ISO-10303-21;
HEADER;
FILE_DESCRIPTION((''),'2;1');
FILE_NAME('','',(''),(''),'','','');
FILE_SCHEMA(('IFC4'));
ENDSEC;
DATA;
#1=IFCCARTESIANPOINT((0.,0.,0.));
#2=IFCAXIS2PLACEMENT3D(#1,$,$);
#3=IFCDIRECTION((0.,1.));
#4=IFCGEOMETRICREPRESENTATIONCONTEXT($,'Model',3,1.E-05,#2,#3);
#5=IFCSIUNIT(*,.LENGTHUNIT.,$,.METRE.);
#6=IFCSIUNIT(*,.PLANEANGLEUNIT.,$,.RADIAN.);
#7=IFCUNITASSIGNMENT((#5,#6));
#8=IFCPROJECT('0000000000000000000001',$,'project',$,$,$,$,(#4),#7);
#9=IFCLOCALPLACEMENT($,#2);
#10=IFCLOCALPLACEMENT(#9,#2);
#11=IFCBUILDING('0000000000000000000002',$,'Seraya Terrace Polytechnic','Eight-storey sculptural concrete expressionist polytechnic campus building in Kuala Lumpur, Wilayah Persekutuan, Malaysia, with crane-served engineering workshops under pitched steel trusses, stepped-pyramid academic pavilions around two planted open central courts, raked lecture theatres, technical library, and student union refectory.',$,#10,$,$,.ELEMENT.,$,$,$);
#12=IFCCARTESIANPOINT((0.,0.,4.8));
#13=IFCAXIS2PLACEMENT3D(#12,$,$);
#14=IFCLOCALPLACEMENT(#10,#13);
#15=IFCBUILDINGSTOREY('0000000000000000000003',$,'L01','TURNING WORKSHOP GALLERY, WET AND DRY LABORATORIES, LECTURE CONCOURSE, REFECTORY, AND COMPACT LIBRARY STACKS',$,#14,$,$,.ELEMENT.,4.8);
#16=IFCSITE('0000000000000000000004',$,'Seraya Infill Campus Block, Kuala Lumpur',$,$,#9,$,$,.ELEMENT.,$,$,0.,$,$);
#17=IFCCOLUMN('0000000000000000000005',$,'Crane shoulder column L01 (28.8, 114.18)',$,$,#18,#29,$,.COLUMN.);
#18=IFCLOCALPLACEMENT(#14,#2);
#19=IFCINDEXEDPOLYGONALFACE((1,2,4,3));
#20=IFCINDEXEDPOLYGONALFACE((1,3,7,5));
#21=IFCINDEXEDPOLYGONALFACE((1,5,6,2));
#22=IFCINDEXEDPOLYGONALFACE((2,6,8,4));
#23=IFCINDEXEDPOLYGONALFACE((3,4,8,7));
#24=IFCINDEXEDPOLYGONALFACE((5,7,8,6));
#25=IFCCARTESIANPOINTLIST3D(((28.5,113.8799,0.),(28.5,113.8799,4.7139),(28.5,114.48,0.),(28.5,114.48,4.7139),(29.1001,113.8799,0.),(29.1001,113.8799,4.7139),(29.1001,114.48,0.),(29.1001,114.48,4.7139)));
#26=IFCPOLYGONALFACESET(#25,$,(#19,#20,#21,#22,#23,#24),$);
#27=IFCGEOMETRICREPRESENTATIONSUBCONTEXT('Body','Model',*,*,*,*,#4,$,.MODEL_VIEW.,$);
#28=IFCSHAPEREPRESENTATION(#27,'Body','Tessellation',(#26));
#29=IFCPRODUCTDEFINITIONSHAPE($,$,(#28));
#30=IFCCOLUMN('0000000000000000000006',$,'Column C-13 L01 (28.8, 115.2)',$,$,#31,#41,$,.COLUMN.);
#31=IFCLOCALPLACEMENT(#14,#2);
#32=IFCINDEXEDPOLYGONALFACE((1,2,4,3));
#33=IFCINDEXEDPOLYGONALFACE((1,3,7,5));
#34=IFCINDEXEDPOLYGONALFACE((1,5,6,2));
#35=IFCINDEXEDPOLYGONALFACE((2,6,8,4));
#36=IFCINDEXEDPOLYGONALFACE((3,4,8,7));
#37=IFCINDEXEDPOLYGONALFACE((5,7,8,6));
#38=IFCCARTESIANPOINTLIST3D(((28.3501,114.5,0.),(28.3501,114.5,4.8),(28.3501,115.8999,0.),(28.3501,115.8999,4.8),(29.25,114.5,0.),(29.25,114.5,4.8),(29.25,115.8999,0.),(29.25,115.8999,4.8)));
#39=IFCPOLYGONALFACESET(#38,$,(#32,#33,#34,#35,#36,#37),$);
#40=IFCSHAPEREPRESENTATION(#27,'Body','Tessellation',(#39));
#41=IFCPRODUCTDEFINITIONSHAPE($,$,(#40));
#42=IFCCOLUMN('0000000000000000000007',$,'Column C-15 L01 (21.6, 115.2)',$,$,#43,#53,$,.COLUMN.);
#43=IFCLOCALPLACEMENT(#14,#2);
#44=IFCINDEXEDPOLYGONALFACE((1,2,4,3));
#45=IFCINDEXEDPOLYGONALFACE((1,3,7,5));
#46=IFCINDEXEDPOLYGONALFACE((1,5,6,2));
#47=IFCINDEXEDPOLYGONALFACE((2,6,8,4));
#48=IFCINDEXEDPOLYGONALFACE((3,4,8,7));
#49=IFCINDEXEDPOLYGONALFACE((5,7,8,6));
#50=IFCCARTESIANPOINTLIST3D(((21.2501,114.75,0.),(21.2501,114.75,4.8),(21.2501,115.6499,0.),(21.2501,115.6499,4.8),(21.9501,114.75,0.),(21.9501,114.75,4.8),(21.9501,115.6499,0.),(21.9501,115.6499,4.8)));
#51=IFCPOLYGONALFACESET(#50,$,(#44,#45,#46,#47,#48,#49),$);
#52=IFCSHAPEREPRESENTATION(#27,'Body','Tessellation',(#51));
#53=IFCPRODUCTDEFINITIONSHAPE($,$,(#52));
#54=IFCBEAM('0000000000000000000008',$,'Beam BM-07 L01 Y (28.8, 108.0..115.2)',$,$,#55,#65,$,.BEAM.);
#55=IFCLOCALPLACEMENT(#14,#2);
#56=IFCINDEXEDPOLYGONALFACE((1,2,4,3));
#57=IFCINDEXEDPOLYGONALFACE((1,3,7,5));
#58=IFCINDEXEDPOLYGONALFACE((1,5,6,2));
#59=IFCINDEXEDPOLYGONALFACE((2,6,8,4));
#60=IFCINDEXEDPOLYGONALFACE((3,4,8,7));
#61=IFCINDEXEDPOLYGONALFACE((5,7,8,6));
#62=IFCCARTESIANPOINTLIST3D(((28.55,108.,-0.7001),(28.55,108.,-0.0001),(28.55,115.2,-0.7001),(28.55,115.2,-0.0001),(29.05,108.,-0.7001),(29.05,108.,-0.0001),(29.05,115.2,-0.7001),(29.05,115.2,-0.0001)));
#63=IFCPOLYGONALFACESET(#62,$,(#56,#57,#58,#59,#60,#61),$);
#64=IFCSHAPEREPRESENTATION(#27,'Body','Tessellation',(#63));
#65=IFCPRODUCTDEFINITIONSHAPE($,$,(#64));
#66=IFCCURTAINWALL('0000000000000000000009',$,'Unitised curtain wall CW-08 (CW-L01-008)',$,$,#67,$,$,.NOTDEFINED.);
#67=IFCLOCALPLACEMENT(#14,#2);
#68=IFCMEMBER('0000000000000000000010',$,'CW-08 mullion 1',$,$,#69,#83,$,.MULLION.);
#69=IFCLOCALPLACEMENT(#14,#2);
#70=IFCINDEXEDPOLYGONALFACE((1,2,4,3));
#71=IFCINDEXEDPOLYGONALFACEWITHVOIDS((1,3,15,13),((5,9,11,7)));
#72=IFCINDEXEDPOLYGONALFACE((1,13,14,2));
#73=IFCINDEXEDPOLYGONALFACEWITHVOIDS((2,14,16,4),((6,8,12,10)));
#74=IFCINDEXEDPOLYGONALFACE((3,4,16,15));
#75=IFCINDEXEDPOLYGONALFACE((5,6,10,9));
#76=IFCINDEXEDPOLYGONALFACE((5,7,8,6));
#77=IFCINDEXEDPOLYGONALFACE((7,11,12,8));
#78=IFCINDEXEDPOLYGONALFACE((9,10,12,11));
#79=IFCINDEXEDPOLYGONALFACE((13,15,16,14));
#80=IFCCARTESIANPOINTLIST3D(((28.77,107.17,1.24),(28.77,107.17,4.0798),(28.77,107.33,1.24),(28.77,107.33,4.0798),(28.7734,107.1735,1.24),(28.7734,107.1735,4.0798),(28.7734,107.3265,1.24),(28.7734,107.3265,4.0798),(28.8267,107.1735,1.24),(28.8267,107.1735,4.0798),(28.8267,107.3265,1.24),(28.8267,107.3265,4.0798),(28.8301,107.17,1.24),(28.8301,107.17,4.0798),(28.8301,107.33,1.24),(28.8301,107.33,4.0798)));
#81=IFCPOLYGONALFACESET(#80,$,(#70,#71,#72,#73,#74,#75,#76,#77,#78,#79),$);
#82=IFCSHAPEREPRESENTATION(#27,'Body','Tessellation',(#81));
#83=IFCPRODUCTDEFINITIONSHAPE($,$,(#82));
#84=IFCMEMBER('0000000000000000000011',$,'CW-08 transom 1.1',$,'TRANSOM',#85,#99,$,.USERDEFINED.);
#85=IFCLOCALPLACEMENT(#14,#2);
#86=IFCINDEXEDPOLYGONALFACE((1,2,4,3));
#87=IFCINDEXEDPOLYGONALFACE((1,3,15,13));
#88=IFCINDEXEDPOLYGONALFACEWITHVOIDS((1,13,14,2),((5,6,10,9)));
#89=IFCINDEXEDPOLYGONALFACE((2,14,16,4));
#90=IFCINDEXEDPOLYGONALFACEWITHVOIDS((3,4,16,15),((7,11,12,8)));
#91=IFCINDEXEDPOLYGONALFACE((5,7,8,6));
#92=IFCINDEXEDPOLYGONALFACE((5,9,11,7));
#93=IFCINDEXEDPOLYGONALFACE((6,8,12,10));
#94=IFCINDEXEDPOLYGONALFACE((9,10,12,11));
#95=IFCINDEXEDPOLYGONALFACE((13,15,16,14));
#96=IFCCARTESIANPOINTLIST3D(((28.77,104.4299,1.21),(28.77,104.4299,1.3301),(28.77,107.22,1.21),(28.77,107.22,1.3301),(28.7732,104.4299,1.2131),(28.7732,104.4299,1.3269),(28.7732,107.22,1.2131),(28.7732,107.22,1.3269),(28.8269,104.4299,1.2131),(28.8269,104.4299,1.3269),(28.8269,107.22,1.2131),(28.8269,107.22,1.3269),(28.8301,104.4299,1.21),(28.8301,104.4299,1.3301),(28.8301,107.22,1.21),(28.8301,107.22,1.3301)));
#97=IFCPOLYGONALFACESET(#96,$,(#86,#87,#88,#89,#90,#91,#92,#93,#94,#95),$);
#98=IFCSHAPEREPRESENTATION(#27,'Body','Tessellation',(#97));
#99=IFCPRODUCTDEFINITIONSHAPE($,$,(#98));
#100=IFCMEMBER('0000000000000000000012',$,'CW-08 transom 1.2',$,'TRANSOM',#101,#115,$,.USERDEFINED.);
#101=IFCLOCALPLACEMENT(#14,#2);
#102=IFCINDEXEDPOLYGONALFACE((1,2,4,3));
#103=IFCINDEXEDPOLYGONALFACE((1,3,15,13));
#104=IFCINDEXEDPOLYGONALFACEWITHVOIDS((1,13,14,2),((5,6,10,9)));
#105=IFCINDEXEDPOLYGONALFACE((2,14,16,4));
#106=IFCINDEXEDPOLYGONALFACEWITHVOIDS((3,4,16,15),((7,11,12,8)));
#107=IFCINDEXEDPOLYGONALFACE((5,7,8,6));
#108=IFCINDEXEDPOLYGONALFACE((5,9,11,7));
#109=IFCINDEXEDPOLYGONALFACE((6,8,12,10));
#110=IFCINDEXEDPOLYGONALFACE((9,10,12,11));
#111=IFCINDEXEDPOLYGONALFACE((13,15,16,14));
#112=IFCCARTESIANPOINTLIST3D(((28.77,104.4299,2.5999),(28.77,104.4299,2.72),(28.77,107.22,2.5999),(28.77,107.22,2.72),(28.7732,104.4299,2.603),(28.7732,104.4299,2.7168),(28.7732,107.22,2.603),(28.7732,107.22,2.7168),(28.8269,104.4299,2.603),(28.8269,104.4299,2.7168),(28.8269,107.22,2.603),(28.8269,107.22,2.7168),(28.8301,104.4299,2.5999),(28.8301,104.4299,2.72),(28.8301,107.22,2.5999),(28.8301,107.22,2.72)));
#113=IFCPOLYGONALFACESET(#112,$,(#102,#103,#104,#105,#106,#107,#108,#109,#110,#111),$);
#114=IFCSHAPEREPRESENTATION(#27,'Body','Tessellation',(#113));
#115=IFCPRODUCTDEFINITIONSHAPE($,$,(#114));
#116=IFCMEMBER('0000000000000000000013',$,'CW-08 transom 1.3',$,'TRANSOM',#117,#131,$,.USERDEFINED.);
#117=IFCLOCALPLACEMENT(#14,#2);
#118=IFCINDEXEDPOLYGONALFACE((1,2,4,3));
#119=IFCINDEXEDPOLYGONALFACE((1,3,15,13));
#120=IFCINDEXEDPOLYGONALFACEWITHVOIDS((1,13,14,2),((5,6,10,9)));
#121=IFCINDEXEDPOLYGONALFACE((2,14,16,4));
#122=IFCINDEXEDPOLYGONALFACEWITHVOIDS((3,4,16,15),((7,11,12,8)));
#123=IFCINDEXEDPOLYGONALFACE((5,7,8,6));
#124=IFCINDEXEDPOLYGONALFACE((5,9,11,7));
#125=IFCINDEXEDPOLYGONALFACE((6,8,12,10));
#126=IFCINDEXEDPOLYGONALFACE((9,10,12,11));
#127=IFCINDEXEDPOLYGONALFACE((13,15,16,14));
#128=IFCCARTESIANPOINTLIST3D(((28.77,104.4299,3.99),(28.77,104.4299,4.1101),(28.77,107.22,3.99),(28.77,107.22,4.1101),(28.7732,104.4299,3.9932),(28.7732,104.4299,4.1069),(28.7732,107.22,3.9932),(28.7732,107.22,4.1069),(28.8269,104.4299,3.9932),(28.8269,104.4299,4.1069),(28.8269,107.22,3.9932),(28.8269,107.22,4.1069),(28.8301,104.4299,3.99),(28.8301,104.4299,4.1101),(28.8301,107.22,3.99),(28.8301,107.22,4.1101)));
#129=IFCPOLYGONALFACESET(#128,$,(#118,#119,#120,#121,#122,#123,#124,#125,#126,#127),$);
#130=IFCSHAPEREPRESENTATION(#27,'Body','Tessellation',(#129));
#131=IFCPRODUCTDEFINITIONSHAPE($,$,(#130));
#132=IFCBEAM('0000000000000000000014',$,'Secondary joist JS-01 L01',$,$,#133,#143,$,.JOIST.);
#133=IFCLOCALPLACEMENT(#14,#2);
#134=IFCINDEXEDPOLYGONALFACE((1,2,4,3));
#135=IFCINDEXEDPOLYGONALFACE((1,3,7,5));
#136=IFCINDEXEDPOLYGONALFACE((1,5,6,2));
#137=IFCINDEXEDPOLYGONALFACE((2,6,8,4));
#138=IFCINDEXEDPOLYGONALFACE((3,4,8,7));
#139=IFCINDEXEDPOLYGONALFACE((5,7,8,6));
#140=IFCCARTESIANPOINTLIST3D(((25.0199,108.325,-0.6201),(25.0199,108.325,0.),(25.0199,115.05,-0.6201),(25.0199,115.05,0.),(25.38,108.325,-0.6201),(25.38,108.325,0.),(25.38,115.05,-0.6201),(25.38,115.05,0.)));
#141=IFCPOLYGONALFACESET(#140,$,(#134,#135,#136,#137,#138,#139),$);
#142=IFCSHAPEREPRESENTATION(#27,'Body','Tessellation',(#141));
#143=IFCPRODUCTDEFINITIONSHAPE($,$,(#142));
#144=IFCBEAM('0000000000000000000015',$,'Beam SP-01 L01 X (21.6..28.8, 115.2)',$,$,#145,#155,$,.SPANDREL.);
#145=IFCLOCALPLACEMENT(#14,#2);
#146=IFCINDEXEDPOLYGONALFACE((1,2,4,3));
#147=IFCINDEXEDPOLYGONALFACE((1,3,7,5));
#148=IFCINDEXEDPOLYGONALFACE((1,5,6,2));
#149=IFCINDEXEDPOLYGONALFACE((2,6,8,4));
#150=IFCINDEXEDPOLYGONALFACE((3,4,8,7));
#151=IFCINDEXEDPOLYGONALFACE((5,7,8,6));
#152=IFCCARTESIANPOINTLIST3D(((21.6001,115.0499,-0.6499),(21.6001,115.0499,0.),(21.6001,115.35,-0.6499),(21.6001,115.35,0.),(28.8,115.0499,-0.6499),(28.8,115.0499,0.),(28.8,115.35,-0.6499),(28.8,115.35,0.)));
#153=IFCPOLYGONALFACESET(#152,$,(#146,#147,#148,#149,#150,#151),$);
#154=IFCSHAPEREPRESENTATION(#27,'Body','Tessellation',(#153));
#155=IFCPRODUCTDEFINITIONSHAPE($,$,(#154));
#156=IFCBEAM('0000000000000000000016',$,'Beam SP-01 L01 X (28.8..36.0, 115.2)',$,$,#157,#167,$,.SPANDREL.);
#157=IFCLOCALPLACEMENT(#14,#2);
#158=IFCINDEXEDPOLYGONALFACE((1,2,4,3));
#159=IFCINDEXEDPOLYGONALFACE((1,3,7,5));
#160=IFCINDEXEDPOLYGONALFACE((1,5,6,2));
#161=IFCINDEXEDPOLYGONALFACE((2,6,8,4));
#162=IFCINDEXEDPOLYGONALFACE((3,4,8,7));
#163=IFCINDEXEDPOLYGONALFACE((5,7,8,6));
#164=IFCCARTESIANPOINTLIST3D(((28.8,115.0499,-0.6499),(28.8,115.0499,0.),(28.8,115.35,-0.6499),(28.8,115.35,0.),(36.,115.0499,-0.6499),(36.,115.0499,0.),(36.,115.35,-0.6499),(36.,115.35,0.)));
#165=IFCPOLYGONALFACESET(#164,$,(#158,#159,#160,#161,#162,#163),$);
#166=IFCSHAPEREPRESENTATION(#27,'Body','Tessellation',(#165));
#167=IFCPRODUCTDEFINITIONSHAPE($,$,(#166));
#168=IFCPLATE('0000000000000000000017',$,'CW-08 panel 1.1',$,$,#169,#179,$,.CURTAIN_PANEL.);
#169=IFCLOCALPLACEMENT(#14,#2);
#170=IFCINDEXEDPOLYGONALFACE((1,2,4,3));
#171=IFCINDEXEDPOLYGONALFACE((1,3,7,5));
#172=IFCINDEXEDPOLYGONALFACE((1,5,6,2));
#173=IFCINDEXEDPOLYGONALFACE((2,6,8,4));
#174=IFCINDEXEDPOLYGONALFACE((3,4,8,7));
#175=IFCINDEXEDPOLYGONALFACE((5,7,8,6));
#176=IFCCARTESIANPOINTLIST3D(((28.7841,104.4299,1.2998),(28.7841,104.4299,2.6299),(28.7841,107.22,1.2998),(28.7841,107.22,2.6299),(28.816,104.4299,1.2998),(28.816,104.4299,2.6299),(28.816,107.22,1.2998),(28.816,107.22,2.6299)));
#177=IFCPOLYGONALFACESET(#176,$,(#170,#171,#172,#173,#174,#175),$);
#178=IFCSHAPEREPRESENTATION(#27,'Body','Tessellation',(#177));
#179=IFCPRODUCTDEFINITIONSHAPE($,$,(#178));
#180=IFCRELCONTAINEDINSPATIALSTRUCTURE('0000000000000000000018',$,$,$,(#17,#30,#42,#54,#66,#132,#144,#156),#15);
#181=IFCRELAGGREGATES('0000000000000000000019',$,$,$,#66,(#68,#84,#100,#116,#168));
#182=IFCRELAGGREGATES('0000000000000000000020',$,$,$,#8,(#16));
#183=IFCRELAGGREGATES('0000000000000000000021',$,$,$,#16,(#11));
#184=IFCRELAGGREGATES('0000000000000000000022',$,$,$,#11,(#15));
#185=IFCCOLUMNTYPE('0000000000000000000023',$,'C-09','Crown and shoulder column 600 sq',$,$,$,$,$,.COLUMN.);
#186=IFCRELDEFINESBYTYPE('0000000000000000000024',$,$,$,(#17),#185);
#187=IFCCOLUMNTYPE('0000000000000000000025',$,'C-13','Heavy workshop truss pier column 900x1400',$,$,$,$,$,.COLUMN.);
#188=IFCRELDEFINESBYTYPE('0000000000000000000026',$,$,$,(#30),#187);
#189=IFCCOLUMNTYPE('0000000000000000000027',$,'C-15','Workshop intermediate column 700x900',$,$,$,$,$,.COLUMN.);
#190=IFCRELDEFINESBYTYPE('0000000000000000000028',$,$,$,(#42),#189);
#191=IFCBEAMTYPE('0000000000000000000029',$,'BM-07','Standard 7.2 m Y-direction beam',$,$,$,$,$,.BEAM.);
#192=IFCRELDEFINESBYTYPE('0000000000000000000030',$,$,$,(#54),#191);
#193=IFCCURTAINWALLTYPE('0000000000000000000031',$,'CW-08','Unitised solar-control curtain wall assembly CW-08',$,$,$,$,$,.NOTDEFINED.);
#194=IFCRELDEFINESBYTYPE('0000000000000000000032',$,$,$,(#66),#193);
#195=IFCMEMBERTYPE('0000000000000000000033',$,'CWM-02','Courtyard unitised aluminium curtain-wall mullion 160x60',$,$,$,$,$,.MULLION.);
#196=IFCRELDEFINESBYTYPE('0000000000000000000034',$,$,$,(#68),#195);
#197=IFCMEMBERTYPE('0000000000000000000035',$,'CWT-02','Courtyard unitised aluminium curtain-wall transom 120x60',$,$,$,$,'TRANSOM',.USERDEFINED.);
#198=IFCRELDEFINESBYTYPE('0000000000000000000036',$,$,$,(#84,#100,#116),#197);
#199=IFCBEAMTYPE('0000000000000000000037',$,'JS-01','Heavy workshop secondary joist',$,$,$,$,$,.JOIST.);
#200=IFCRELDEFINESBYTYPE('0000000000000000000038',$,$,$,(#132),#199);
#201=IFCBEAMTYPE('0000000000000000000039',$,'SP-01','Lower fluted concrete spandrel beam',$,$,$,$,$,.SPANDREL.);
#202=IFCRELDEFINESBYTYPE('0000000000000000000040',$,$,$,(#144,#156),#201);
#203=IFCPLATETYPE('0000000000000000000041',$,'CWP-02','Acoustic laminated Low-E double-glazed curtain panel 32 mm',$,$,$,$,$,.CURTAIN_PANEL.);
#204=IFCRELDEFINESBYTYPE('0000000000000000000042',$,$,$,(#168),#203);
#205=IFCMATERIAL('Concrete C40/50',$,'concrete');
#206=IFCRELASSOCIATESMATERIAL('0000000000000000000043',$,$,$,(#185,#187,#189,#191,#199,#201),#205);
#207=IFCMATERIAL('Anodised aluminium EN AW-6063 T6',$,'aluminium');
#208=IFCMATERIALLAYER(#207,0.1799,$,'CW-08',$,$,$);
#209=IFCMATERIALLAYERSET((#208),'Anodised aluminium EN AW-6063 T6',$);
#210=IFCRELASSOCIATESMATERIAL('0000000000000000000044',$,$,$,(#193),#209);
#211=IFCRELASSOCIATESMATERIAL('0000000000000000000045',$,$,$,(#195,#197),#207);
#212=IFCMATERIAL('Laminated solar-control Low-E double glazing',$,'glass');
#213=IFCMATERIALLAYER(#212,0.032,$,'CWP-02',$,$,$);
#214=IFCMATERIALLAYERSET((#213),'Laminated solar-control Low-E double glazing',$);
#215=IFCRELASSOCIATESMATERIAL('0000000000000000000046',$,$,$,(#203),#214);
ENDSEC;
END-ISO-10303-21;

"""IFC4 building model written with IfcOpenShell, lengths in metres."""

from ifc_helpers import new_model, si_unit, direction, frame, origin, origin_2d, place, context, subcontext, project, spatial, rectangle, hollow_rectangle, extrude, material, layer, layer_set, material_profile, profile_set, type_object, element, aggregate, save


model = new_model("IFC4")

# Units and contexts
model_context = context("Model", 3, precision=1e-05, world=origin(), true_north=direction((0.0, 1.0)))
body_context = subcontext(model_context, "Body", "Model", "MODEL_VIEW")
ifc_project = project(units=[si_unit("LENGTHUNIT", "METRE"), si_unit("PLANEANGLEUNIT", "RADIAN")], contexts=[model_context])

# Site, building, storey
site_placement = place(None, origin())
site = spatial("IfcSite", under=ifc_project, at=site_placement, Name="Seraya Infill Campus Block, Kuala Lumpur", CompositionType="ELEMENT", RefElevation=0.0)
building_placement = place(site_placement, origin())
building = spatial("IfcBuilding", under=site, at=building_placement, Name="Seraya Terrace Polytechnic", Description="Eight-storey sculptural concrete expressionist polytechnic campus building in Kuala Lumpur, Wilayah Persekutuan, Malaysia, with crane-served engineering workshops under pitched steel trusses, stepped-pyramid academic pavilions around two planted open central courts, raked lecture theatres, technical library, and student union refectory.", CompositionType="ELEMENT")
storey_placement = place(building_placement, frame((0.0, 0.0, 4.8)))
storey = spatial("IfcBuildingStorey", under=building, at=storey_placement, Name="L01", Description="TURNING WORKSHOP GALLERY, WET AND DRY LABORATORIES, LECTURE CONCOURSE, REFECTORY, AND COMPACT LIBRARY STACKS", CompositionType="ELEMENT", Elevation=4.8)

# Columns
ifc_material_1 = material(Name="Concrete C40/50", Category="concrete")
ifc_material_profile_1 = material_profile(ifc_material_1, rectangle(XDim=0.6001, YDim=0.6001, at=origin_2d()), Name="RC 600x600")
ifc_profile_set_1 = profile_set([ifc_material_profile_1], Name="Concrete C40/50")
column_type_1 = type_object("IfcColumnType", Name="C-09", Description="Crown and shoulder column 600 sq", PredefinedType="COLUMN", material=ifc_profile_set_1)
column_1_placement = place(storey_placement, frame((28.8, 114.1799, 0.0), z_axis=(0.0, 0.0, 1.0), x_axis=(1.0, 0.0, 0.0)))
element("IfcColumn", 1, at=column_1_placement, inside=storey, type_object=column_type_1, Name="Crane shoulder column L01 (28.8, 114.18)", PredefinedType="COLUMN", context=body_context, shape_type="SweptSolid", body=[
    extrude(rectangle(XDim=0.6001, YDim=0.6001, at=origin_2d()), origin(), (0.0, 0.0, 1.0), 4.7139),
])
ifc_material_profile_2 = material_profile(ifc_material_1, rectangle(XDim=0.8999, YDim=1.3999, at=origin_2d()), Name="RC 900x1400")
ifc_profile_set_2 = profile_set([ifc_material_profile_2], Name="Concrete C40/50")
column_type_2 = type_object("IfcColumnType", Name="C-13", Description="Heavy workshop truss pier column 900x1400", PredefinedType="COLUMN", material=ifc_profile_set_2)
column_2_placement = place(storey_placement, frame((28.8, 115.2, 0.0), z_axis=(0.0, 0.0, 1.0), x_axis=(1.0, 0.0, 0.0)))
element("IfcColumn", 2, at=column_2_placement, inside=storey, type_object=column_type_2, Name="Column C-13 L01 (28.8, 115.2)", PredefinedType="COLUMN", context=body_context, shape_type="SweptSolid", body=[
    extrude(rectangle(XDim=0.8999, YDim=1.3999, at=origin_2d()), origin(), (0.0, 0.0, 1.0), 4.8),
])
ifc_material_profile_3 = material_profile(ifc_material_1, rectangle(XDim=0.7, YDim=0.8999, at=origin_2d()), Name="RC 700x900")
ifc_profile_set_3 = profile_set([ifc_material_profile_3], Name="Concrete C40/50")
column_type_3 = type_object("IfcColumnType", Name="C-15", Description="Workshop intermediate column 700x900", PredefinedType="COLUMN", material=ifc_profile_set_3)
column_3_placement = place(storey_placement, frame((21.6001, 115.2, 0.0), z_axis=(0.0, 0.0, 1.0), x_axis=(1.0, 0.0, 0.0)))
element("IfcColumn", 3, at=column_3_placement, inside=storey, type_object=column_type_3, Name="Column C-15 L01 (21.6, 115.2)", PredefinedType="COLUMN", context=body_context, shape_type="SweptSolid", body=[
    extrude(rectangle(XDim=0.7, YDim=0.8999, at=origin_2d()), origin(), (0.0, 0.0, 1.0), 4.8),
])

# Beam
ifc_material_profile_4 = material_profile(ifc_material_1, rectangle(XDim=0.5, YDim=0.7, at=origin_2d()), Name="RC 500x700")
ifc_profile_set_4 = profile_set([ifc_material_profile_4], Name="Concrete C40/50")
beam_type_1 = type_object("IfcBeamType", Name="BM-07", Description="Standard 7.2 m Y-direction beam", PredefinedType="BEAM", material=ifc_profile_set_4)
beam_1_placement = place(storey_placement, frame((28.8, 108.0, -0.3501), z_axis=(0.0, 1.0, 0.0), x_axis=(-1.0, 0.0, 0.0)))
element("IfcBeam", 4, at=beam_1_placement, inside=storey, type_object=beam_type_1, Name="Beam BM-07 L01 Y (28.8, 108.0..115.2)", PredefinedType="BEAM", context=body_context, shape_type="SweptSolid", body=[
    extrude(rectangle(XDim=0.5, YDim=0.7, at=origin_2d()), origin(), (0.0, 0.0, 1.0), 7.2),
])

# Curtain wall, members
ifc_material_2 = material(Name="Anodised aluminium EN AW-6063 T6", Category="aluminium")
ifc_layer_1 = layer(ifc_material_2, 0.1799, Name="CW-08")
ifc_layer_set_1 = layer_set([ifc_layer_1], Name="Anodised aluminium EN AW-6063 T6")
curtain_wall_type = type_object("IfcCurtainWallType", Name="CW-08", Description="Unitised solar-control curtain wall assembly CW-08", PredefinedType="NOTDEFINED", material=ifc_layer_set_1)
curtain_wall_placement = place(storey_placement, origin())
curtain_wall = element("IfcCurtainWall", 5, at=curtain_wall_placement, inside=storey, type_object=curtain_wall_type, Name="Unitised curtain wall CW-08 (CW-L01-008)", PredefinedType="NOTDEFINED")
ifc_material_profile_5 = material_profile(ifc_material_2, hollow_rectangle(XDim=0.0601, YDim=0.1599, WallThickness=0.0034, at=origin_2d()), Name="RHS 160x60x3.5")
ifc_profile_set_5 = profile_set([ifc_material_profile_5], Name="Anodised aluminium EN AW-6063 T6")
member_type_1 = type_object("IfcMemberType", Name="CWM-02", Description="Courtyard unitised aluminium curtain-wall mullion 160x60", PredefinedType="MULLION", material=ifc_profile_set_5)
member_1_placement = place(storey_placement, frame((28.8, 107.25, 1.24), z_axis=(0.0, 0.0, 1.0), x_axis=(1.0, 0.0, 0.0)))
member_1 = element("IfcMember", 6, at=member_1_placement, type_object=member_type_1, Name="CW-08 mullion 1", PredefinedType="MULLION", context=body_context, shape_type="SweptSolid", body=[
    extrude(hollow_rectangle(XDim=0.0601, YDim=0.1599, WallThickness=0.0034, at=origin_2d()), origin(), (0.0, 0.0, 1.0), 2.8398),
])
ifc_material_profile_6 = material_profile(ifc_material_2, hollow_rectangle(XDim=0.0601, YDim=0.1201, WallThickness=0.0032, at=origin_2d()), Name="RHS 120x60x3.2")
ifc_profile_set_6 = profile_set([ifc_material_profile_6], Name="Anodised aluminium EN AW-6063 T6")
member_type_2 = type_object("IfcMemberType", Name="CWT-02", Description="Courtyard unitised aluminium curtain-wall transom 120x60", ElementType="TRANSOM", PredefinedType="USERDEFINED", material=ifc_profile_set_6)
member_2_placement = place(storey_placement, frame((28.8, 107.22, 1.27), z_axis=(0.0, -1.0, 0.0), x_axis=(1.0, 0.0, 0.0)))
member_2 = element("IfcMember", 7, at=member_2_placement, type_object=member_type_2, Name="CW-08 transom 1.1", ObjectType="TRANSOM", PredefinedType="USERDEFINED", context=body_context, shape_type="SweptSolid", body=[
    extrude(hollow_rectangle(XDim=0.0601, YDim=0.1201, WallThickness=0.0032, at=origin_2d()), origin(), (0.0, 0.0, 1.0), 2.79),
])
member_3_placement = place(storey_placement, frame((28.8, 107.22, 2.6599), z_axis=(0.0, -1.0, 0.0), x_axis=(1.0, 0.0, 0.0)))
member_3 = element("IfcMember", 8, at=member_3_placement, type_object=member_type_2, Name="CW-08 transom 1.2", ObjectType="TRANSOM", PredefinedType="USERDEFINED", context=body_context, shape_type="SweptSolid", body=[
    extrude(hollow_rectangle(XDim=0.0601, YDim=0.1201, WallThickness=0.0032, at=origin_2d()), origin(), (0.0, 0.0, 1.0), 2.79),
])
member_4_placement = place(storey_placement, frame((28.8, 107.22, 4.05), z_axis=(0.0, -1.0, 0.0), x_axis=(1.0, 0.0, 0.0)))
member_4 = element("IfcMember", 9, at=member_4_placement, type_object=member_type_2, Name="CW-08 transom 1.3", ObjectType="TRANSOM", PredefinedType="USERDEFINED", context=body_context, shape_type="SweptSolid", body=[
    extrude(hollow_rectangle(XDim=0.0601, YDim=0.1201, WallThickness=0.0032, at=origin_2d()), origin(), (0.0, 0.0, 1.0), 2.79),
])

# Beams
ifc_material_profile_7 = material_profile(ifc_material_1, rectangle(XDim=0.3601, YDim=0.6201, at=origin_2d()), Name="RC 360x620")
ifc_profile_set_7 = profile_set([ifc_material_profile_7], Name="Concrete C40/50")
beam_type_2 = type_object("IfcBeamType", Name="JS-01", Description="Heavy workshop secondary joist", PredefinedType="JOIST", material=ifc_profile_set_7)
beam_2_placement = place(storey_placement, frame((25.2, 108.325, -0.3101), z_axis=(0.0, 1.0, 0.0), x_axis=(-1.0, 0.0, 0.0)))
element("IfcBeam", 10, at=beam_2_placement, inside=storey, type_object=beam_type_2, Name="Secondary joist JS-01 L01", PredefinedType="JOIST", context=body_context, shape_type="SweptSolid", body=[
    extrude(rectangle(XDim=0.3601, YDim=0.6201, at=origin_2d()), origin(), (0.0, 0.0, 1.0), 6.7251),
])
ifc_material_profile_8 = material_profile(ifc_material_1, rectangle(XDim=0.3, YDim=0.6499, at=origin_2d()), Name="RC 300x650")
ifc_profile_set_8 = profile_set([ifc_material_profile_8], Name="Concrete C40/50")
beam_type_3 = type_object("IfcBeamType", Name="SP-01", Description="Lower fluted concrete spandrel beam", PredefinedType="SPANDREL", material=ifc_profile_set_8)
for number, where, z_axis, x_axis, name in (
    (11, (21.6001, 115.2, -0.325), (1.0, 0.0, 0.0), (0.0, 1.0, 0.0), "Beam SP-01 L01 X (21.6..28.8, 115.2)"),
    (12, (28.8, 115.2, -0.325), (1.0, 0.0, 0.0), (0.0, 1.0, 0.0), "Beam SP-01 L01 X (28.8..36.0, 115.2)"),
):
    element("IfcBeam", number, at=place(storey_placement, frame(where, z_axis=z_axis, x_axis=x_axis)), inside=storey, type_object=beam_type_3, Name=name, PredefinedType="SPANDREL", context=body_context, shape_type="SweptSolid", body=[
        extrude(rectangle(XDim=0.3, YDim=0.6499, at=origin_2d()), origin(), (0.0, 0.0, 1.0), 7.2),
    ])

# Plate
ifc_material_3 = material(Name="Laminated solar-control Low-E double glazing", Category="glass")
ifc_layer_2 = layer(ifc_material_3, 0.032, Name="CWP-02")
ifc_layer_set_2 = layer_set([ifc_layer_2], Name="Laminated solar-control Low-E double glazing")
plate_type_1 = type_object("IfcPlateType", Name="CWP-02", Description="Acoustic laminated Low-E double-glazed curtain panel 32 mm", PredefinedType="CURTAIN_PANEL", material=ifc_layer_set_2)
plate_1_placement = place(storey_placement, frame((28.8, 105.825, 1.2998), z_axis=(0.0, 0.0, 1.0), x_axis=(0.0, -1.0, 0.0)))
plate_1 = element("IfcPlate", 13, at=plate_1_placement, type_object=plate_type_1, Name="CW-08 panel 1.1", PredefinedType="CURTAIN_PANEL", context=body_context, shape_type="SweptSolid", body=[
    extrude(rectangle(XDim=2.79, YDim=0.032, at=origin_2d()), origin(), (0.0, 0.0, 1.0), 1.3301),
])
aggregate(curtain_wall, [member_1, member_2, member_3, member_4, plate_1])

save(model, "model.ifc")
